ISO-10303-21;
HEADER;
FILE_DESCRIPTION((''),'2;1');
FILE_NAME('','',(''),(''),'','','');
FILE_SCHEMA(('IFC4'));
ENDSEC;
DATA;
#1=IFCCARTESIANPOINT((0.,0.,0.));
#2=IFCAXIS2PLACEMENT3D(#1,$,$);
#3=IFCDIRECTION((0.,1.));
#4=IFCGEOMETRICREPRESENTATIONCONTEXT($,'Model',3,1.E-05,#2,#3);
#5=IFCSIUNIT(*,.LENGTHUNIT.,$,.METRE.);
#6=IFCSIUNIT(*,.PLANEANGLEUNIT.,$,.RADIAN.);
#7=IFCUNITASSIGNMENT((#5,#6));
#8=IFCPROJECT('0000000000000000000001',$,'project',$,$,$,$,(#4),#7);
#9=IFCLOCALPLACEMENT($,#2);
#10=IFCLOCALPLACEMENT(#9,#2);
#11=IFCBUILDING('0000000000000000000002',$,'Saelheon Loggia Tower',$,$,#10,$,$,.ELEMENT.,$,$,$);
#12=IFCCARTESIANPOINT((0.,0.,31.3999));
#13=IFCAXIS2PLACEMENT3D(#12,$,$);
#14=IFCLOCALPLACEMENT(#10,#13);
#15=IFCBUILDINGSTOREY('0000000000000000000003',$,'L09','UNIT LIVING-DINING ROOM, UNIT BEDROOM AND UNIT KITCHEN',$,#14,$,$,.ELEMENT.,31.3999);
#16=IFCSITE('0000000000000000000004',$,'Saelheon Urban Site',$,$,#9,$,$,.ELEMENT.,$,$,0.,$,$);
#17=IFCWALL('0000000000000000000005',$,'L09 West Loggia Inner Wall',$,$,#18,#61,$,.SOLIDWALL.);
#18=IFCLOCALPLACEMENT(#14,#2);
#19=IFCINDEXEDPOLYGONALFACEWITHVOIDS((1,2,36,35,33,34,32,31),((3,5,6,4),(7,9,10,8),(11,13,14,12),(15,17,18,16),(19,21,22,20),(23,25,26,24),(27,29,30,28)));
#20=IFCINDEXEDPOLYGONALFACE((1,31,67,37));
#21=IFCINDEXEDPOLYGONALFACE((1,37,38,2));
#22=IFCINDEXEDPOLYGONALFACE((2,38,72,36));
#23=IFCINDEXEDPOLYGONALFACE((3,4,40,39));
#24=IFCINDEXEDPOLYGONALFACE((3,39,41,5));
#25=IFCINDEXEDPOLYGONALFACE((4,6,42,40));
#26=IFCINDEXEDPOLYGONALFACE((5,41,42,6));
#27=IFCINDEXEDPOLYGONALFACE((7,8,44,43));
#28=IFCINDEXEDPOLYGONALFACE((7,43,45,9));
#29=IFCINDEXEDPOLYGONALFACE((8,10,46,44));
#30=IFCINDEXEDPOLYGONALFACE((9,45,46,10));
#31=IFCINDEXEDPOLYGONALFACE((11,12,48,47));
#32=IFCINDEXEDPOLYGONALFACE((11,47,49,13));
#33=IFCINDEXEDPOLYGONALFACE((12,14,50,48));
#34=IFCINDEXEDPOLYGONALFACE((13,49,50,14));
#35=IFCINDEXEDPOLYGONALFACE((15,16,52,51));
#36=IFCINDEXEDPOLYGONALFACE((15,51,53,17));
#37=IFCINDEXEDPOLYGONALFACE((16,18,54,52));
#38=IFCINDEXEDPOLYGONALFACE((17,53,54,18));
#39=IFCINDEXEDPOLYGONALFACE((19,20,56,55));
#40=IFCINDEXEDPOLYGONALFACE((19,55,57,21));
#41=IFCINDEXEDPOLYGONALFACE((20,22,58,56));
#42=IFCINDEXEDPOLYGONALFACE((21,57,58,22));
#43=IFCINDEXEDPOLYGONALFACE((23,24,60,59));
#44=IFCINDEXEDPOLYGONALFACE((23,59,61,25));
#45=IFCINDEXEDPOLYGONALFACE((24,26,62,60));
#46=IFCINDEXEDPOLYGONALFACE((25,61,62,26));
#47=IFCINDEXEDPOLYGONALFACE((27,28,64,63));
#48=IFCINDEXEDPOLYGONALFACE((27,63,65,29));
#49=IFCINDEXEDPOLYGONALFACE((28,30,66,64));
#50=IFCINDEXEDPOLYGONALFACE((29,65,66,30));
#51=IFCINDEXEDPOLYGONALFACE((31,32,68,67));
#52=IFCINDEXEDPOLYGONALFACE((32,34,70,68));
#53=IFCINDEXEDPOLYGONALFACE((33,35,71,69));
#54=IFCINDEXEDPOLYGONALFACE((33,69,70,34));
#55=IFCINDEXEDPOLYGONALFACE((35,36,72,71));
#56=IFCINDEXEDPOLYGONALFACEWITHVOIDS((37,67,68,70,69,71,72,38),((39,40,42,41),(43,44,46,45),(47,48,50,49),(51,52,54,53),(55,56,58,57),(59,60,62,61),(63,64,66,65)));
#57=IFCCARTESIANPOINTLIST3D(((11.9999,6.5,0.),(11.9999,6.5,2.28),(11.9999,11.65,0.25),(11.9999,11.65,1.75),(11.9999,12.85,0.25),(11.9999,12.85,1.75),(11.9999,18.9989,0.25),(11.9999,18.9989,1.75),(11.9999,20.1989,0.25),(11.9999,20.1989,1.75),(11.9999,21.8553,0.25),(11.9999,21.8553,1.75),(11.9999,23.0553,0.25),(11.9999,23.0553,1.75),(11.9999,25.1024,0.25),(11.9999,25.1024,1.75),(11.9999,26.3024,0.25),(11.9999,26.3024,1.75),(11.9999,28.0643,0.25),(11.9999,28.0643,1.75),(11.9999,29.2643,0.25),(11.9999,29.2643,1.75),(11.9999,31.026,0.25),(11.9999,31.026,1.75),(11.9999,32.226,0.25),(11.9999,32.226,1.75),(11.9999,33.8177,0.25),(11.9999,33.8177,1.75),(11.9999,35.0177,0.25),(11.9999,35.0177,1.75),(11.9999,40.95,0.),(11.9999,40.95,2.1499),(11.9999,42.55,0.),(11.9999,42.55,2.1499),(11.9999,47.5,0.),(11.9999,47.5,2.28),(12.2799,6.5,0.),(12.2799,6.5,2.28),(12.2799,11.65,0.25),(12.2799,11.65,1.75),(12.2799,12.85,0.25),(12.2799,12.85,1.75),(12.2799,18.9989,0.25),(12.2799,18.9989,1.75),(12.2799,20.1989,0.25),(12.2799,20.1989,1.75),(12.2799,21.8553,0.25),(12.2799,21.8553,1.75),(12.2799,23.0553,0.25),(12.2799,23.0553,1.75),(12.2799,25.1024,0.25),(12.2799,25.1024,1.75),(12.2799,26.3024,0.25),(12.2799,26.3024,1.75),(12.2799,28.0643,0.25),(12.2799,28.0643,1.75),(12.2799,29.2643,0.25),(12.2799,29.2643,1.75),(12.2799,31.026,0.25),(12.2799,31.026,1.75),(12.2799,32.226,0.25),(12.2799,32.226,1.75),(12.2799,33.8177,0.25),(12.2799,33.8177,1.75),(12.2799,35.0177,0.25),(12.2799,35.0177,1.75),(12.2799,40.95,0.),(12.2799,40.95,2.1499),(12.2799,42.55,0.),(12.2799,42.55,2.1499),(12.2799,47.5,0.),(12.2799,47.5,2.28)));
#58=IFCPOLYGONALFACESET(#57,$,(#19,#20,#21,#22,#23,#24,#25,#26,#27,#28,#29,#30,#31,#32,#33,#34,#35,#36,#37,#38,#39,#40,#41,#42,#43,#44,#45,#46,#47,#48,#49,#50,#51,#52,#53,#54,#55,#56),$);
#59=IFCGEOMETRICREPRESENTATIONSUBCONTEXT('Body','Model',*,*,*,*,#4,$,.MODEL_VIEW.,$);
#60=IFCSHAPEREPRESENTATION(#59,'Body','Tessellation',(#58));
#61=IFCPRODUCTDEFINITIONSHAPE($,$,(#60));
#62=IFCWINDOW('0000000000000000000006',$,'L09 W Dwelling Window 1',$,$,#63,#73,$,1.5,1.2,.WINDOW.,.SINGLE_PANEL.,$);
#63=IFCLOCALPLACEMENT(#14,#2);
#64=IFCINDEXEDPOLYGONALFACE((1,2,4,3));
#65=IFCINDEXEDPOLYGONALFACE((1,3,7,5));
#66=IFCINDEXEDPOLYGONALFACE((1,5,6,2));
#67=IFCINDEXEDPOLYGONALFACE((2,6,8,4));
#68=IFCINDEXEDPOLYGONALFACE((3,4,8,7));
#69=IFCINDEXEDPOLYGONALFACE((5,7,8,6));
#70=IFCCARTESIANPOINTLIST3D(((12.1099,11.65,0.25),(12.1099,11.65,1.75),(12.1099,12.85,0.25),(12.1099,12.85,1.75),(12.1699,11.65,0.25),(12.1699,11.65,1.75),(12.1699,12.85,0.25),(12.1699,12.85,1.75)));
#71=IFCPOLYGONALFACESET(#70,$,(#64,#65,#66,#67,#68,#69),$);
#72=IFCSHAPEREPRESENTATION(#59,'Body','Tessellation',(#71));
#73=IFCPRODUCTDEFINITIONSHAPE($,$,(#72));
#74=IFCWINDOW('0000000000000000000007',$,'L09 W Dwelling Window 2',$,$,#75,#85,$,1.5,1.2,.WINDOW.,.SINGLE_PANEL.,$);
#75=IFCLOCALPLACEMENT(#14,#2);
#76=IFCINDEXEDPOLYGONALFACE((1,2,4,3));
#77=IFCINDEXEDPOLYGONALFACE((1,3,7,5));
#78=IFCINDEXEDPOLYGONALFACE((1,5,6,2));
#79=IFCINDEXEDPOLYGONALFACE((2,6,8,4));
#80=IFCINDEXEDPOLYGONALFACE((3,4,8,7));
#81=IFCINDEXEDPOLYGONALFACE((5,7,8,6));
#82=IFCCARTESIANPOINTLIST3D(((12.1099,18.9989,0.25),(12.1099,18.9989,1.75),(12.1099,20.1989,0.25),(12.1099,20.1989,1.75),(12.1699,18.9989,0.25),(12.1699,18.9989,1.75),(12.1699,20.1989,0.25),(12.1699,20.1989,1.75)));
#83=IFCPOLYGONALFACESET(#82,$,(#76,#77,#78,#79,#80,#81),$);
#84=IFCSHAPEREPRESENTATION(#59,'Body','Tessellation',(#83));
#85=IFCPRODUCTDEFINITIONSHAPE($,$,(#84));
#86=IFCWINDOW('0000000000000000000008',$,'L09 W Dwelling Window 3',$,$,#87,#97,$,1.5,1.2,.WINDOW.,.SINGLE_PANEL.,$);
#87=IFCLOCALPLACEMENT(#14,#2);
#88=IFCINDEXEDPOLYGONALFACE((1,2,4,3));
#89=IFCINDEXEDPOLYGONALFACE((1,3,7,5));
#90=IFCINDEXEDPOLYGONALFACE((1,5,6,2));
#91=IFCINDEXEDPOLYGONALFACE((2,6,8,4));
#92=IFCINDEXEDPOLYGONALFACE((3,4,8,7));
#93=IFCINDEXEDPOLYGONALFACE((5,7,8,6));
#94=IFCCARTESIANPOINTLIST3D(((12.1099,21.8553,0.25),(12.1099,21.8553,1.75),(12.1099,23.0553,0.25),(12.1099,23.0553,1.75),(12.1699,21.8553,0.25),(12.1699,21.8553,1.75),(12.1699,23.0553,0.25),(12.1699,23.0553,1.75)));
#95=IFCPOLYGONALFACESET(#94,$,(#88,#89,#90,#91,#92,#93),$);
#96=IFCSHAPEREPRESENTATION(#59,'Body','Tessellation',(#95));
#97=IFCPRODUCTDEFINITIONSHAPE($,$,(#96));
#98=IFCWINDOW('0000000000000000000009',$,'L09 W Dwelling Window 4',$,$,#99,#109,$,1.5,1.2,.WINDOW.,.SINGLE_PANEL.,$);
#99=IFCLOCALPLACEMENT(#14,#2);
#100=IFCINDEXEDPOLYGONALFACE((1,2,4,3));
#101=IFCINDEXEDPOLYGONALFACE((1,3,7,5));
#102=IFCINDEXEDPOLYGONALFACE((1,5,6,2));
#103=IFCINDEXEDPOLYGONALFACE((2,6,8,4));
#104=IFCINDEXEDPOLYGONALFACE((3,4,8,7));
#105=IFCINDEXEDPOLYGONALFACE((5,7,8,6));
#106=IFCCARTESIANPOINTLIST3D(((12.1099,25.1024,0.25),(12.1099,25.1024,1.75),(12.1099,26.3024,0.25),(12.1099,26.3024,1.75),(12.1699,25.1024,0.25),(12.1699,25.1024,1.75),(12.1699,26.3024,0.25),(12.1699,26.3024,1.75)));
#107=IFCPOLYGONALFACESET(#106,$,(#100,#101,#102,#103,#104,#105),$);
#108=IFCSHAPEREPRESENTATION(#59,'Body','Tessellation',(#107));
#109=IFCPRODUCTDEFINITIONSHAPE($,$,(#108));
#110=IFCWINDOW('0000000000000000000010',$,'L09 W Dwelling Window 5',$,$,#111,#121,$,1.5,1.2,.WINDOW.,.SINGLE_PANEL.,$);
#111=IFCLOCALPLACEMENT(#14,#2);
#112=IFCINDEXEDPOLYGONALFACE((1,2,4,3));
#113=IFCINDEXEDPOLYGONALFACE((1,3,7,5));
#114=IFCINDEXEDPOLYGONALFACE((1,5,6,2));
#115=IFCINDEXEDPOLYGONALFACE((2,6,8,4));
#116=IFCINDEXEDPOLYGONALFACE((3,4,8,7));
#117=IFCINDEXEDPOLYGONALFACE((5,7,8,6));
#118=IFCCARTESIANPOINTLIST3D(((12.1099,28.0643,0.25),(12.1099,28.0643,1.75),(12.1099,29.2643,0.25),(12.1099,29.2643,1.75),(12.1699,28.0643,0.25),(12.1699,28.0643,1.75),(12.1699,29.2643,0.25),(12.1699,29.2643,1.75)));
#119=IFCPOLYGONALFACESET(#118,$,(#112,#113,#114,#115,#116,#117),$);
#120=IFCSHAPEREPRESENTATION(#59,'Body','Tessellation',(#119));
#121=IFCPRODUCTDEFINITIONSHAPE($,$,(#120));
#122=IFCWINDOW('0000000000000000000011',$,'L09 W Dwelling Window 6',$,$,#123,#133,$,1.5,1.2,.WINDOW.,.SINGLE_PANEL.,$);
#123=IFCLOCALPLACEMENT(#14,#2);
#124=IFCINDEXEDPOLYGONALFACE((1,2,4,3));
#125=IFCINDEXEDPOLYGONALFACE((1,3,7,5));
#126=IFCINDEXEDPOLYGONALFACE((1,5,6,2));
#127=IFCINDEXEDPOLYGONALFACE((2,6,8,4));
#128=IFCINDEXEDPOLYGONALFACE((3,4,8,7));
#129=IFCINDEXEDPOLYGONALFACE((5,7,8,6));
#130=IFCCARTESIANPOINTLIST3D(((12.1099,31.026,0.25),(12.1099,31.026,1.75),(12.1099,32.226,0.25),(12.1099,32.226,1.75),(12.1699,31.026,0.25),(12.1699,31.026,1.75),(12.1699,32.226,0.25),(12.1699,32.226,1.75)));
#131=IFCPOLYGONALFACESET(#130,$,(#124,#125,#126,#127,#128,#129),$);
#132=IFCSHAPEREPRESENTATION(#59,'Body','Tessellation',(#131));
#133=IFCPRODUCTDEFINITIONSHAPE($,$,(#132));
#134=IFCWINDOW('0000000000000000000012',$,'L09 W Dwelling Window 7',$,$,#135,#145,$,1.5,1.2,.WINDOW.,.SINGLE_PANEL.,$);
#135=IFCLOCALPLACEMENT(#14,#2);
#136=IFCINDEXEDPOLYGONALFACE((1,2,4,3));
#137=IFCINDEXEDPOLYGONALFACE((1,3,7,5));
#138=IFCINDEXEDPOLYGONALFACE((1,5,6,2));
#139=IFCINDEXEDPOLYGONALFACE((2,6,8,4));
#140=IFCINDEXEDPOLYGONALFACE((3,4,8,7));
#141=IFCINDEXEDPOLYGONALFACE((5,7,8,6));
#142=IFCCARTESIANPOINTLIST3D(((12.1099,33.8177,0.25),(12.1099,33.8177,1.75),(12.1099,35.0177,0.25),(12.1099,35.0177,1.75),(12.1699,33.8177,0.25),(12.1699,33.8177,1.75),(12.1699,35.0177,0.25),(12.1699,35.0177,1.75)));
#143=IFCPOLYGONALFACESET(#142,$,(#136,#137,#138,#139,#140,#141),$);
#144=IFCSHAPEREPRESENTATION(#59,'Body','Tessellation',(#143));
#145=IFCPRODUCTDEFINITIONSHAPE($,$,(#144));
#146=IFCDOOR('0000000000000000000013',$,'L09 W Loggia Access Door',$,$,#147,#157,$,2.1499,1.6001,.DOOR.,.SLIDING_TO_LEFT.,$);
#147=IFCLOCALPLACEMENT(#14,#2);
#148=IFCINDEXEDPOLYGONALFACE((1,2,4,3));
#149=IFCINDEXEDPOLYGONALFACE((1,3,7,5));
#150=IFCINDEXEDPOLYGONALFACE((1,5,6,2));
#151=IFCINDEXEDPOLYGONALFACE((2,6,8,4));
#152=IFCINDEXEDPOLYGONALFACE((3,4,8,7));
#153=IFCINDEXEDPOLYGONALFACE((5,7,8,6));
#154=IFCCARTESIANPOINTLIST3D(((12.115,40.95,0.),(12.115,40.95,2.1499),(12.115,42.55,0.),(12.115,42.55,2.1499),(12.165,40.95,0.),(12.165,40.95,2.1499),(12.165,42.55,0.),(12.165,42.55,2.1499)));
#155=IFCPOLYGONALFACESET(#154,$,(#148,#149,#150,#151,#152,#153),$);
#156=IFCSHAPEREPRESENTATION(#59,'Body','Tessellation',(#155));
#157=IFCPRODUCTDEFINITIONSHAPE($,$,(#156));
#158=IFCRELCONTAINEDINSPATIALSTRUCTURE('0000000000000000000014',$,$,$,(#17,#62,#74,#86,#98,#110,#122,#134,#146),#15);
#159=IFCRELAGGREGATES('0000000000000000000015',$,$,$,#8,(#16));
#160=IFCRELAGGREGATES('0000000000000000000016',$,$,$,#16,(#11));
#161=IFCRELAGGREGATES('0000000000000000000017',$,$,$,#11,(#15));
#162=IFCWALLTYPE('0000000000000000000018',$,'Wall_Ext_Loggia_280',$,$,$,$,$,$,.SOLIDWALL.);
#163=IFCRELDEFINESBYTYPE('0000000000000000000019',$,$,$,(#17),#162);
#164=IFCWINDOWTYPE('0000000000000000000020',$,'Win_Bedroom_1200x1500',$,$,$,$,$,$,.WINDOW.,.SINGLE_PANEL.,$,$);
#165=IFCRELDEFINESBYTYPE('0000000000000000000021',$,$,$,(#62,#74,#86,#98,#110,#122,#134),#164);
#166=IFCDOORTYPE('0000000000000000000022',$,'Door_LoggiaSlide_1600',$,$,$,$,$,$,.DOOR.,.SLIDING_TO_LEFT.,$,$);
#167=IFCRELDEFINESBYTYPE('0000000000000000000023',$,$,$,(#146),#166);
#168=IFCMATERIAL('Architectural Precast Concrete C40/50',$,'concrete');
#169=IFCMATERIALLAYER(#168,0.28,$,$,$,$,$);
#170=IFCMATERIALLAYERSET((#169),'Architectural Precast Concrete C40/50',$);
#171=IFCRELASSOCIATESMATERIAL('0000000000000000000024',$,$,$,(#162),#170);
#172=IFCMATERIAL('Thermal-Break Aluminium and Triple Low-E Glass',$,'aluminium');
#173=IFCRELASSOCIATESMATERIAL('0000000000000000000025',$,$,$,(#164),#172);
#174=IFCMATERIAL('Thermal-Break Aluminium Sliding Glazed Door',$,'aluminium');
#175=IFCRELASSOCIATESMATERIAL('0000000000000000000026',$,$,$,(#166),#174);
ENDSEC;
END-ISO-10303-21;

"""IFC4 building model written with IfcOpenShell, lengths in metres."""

from ifc_helpers import new_model, si_unit, direction, frame, frame_2d, origin, place, context, subcontext, project, spatial, rectangle, extrude, source, transform, mapped, material, layer, layer_set, type_object, element, fill, save


model = new_model("IFC4")

# Units and contexts
model_context = context("Model", 3, precision=1e-05, world=origin(), true_north=direction((0.0, 1.0)))
body_context = subcontext(model_context, "Body", "Model", "MODEL_VIEW")
ifc_project = project(units=[si_unit("LENGTHUNIT", "METRE"), si_unit("PLANEANGLEUNIT", "RADIAN")], contexts=[model_context])

# Site, building, storey
site_placement = place(None, origin())
site = spatial("IfcSite", under=ifc_project, at=site_placement, Name="Saelheon Urban Site", CompositionType="ELEMENT", RefElevation=0.0)
building_placement = place(site_placement, origin())
building = spatial("IfcBuilding", under=site, at=building_placement, Name="Saelheon Loggia Tower", CompositionType="ELEMENT")
storey_placement = place(building_placement, frame((0.0, 0.0, 31.3999)))
storey = spatial("IfcBuildingStorey", under=building, at=storey_placement, Name="L09", Description="UNIT LIVING-DINING ROOM, UNIT BEDROOM AND UNIT KITCHEN", CompositionType="ELEMENT", Elevation=31.3999)

# Wall, openings, windows, door
ifc_material_1 = material(Name="Architectural Precast Concrete C40/50", Category="concrete")
ifc_layer_1 = layer(ifc_material_1, 0.28)
ifc_layer_set_1 = layer_set([ifc_layer_1], Name="Architectural Precast Concrete C40/50")
wall_type = type_object("IfcWallType", Name="Wall_Ext_Loggia_280", PredefinedType="SOLIDWALL", material=ifc_layer_set_1)
wall_1_placement = place(storey_placement, frame((12.1399, 6.5, 0.0), z_axis=(0.0, 0.0, 1.0), x_axis=(0.0, 1.0, 0.0)))
wall_1 = element("IfcWall", 1, at=wall_1_placement, inside=storey, type_object=wall_type, Name="L09 West Loggia Inner Wall", PredefinedType="SOLIDWALL", context=body_context, shape_type="SweptSolid", body=[
    extrude(rectangle(XDim=41.0, YDim=0.28, at=frame_2d((20.5, 0.0))), origin(), (0.0, 0.0, 1.0), 2.28),
])
opening_1_placement = place(wall_1_placement, frame((5.1499, 0.0, 0.25)))
opening_1 = element("IfcOpeningElement", 2, at=opening_1_placement, cuts=wall_1, PredefinedType="OPENING", context=body_context, shape_type="SweptSolid", body=[
    extrude(rectangle(XDim=1.2, YDim=1.5, at=frame_2d((0.6001, 0.75))), frame((0.0, 0.1521, 0.0), z_axis=(0.0, -1.0, 0.0), x_axis=(1.0, 0.0, 0.0)), (0.0, 0.0, 1.0), 0.304),
])
opening_2_placement = place(wall_1_placement, frame((12.4988, 0.0, 0.25)))
opening_2 = element("IfcOpeningElement", 3, at=opening_2_placement, cuts=wall_1, PredefinedType="OPENING", context=body_context, shape_type="SweptSolid", body=[
    extrude(rectangle(XDim=1.2, YDim=1.5, at=frame_2d((0.6001, 0.75))), frame((0.0, 0.1521, 0.0), z_axis=(0.0, -1.0, 0.0), x_axis=(1.0, 0.0, 0.0)), (0.0, 0.0, 1.0), 0.304),
])
opening_3_placement = place(wall_1_placement, frame((15.3552, 0.0, 0.25)))
opening_3 = element("IfcOpeningElement", 4, at=opening_3_placement, cuts=wall_1, PredefinedType="OPENING", context=body_context, shape_type="SweptSolid", body=[
    extrude(rectangle(XDim=1.2, YDim=1.5, at=frame_2d((0.6001, 0.75))), frame((0.0, 0.1521, 0.0), z_axis=(0.0, -1.0, 0.0), x_axis=(1.0, 0.0, 0.0)), (0.0, 0.0, 1.0), 0.304),
])
opening_4_placement = place(wall_1_placement, frame((18.6023, 0.0, 0.25)))
opening_4 = element("IfcOpeningElement", 5, at=opening_4_placement, cuts=wall_1, PredefinedType="OPENING", context=body_context, shape_type="SweptSolid", body=[
    extrude(rectangle(XDim=1.2, YDim=1.5, at=frame_2d((0.6001, 0.75))), frame((0.0, 0.1521, 0.0), z_axis=(0.0, -1.0, 0.0), x_axis=(1.0, 0.0, 0.0)), (0.0, 0.0, 1.0), 0.304),
])
opening_5_placement = place(wall_1_placement, frame((21.5642, 0.0, 0.25)))
opening_5 = element("IfcOpeningElement", 6, at=opening_5_placement, cuts=wall_1, PredefinedType="OPENING", context=body_context, shape_type="SweptSolid", body=[
    extrude(rectangle(XDim=1.2, YDim=1.5, at=frame_2d((0.6001, 0.75))), frame((0.0, 0.1521, 0.0), z_axis=(0.0, -1.0, 0.0), x_axis=(1.0, 0.0, 0.0)), (0.0, 0.0, 1.0), 0.304),
])
opening_6_placement = place(wall_1_placement, frame((24.5259, 0.0, 0.25)))
opening_6 = element("IfcOpeningElement", 7, at=opening_6_placement, cuts=wall_1, PredefinedType="OPENING", context=body_context, shape_type="SweptSolid", body=[
    extrude(rectangle(XDim=1.2, YDim=1.5, at=frame_2d((0.6001, 0.75))), frame((0.0, 0.1521, 0.0), z_axis=(0.0, -1.0, 0.0), x_axis=(1.0, 0.0, 0.0)), (0.0, 0.0, 1.0), 0.304),
])
opening_7_placement = place(wall_1_placement, frame((27.3176, 0.0, 0.25)))
opening_7 = element("IfcOpeningElement", 8, at=opening_7_placement, cuts=wall_1, PredefinedType="OPENING", context=body_context, shape_type="SweptSolid", body=[
    extrude(rectangle(XDim=1.2, YDim=1.5, at=frame_2d((0.6001, 0.75))), frame((0.0, 0.1521, 0.0), z_axis=(0.0, -1.0, 0.0), x_axis=(1.0, 0.0, 0.0)), (0.0, 0.0, 1.0), 0.304),
])
opening_8_placement = place(wall_1_placement, frame((34.45, 0.0, 0.0)))
opening_8 = element("IfcOpeningElement", 9, at=opening_8_placement, cuts=wall_1, PredefinedType="OPENING", context=body_context, shape_type="SweptSolid", body=[
    extrude(rectangle(XDim=1.6001, YDim=2.1499, at=frame_2d((0.8, 1.075))), frame((0.0, 0.1521, 0.0), z_axis=(0.0, -1.0, 0.0), x_axis=(1.0, 0.0, 0.0)), (0.0, 0.0, 1.0), 0.304),
])
ifc_material_2 = material(Name="Thermal-Break Aluminium and Triple Low-E Glass", Category="aluminium")
window_type = type_object("IfcWindowType", Name="Win_Bedroom_1200x1500", PartitioningType="SINGLE_PANEL", PredefinedType="WINDOW", material=ifc_material_2)
shared_shape_1 = source(origin(), body_context, "Body", "SweptSolid", [
    extrude(rectangle(XDim=1.2, YDim=1.5, at=frame_2d((0.6001, 0.75))), frame((0.0, 0.03, 0.0), z_axis=(0.0, -1.0, 0.0), x_axis=(1.0, 0.0, 0.0)), (0.0, 0.0, 1.0), 0.0601),
])
window_1_placement = place(opening_1_placement, origin())
window_1 = element("IfcWindow", 10, at=window_1_placement, inside=storey, type_object=window_type, Name="L09 W Dwelling Window 1", OverallHeight=1.5, OverallWidth=1.2, PartitioningType="SINGLE_PANEL", PredefinedType="WINDOW", context=body_context, shape_type="MappedRepresentation", body=[
    mapped(shared_shape_1, transform((0.0, 0.0, 0.0), scale=1.0)),
])
fill(opening_1, window_1)
window_2_placement = place(opening_2_placement, origin())
window_2 = element("IfcWindow", 11, at=window_2_placement, inside=storey, type_object=window_type, Name="L09 W Dwelling Window 2", OverallHeight=1.5, OverallWidth=1.2, PartitioningType="SINGLE_PANEL", PredefinedType="WINDOW", context=body_context, shape_type="MappedRepresentation", body=[
    mapped(shared_shape_1, transform((0.0, 0.0, 0.0), scale=1.0)),
])
fill(opening_2, window_2)
window_3_placement = place(opening_3_placement, origin())
window_3 = element("IfcWindow", 12, at=window_3_placement, inside=storey, type_object=window_type, Name="L09 W Dwelling Window 3", OverallHeight=1.5, OverallWidth=1.2, PartitioningType="SINGLE_PANEL", PredefinedType="WINDOW", context=body_context, shape_type="MappedRepresentation", body=[
    mapped(shared_shape_1, transform((0.0, 0.0, 0.0), scale=1.0)),
])
fill(opening_3, window_3)
window_4_placement = place(opening_4_placement, origin())
window_4 = element("IfcWindow", 13, at=window_4_placement, inside=storey, type_object=window_type, Name="L09 W Dwelling Window 4", OverallHeight=1.5, OverallWidth=1.2, PartitioningType="SINGLE_PANEL", PredefinedType="WINDOW", context=body_context, shape_type="MappedRepresentation", body=[
    mapped(shared_shape_1, transform((0.0, 0.0, 0.0), scale=1.0)),
])
fill(opening_4, window_4)
window_5_placement = place(opening_5_placement, origin())
window_5 = element("IfcWindow", 14, at=window_5_placement, inside=storey, type_object=window_type, Name="L09 W Dwelling Window 5", OverallHeight=1.5, OverallWidth=1.2, PartitioningType="SINGLE_PANEL", PredefinedType="WINDOW", context=body_context, shape_type="MappedRepresentation", body=[
    mapped(shared_shape_1, transform((0.0, 0.0, 0.0), scale=1.0)),
])
fill(opening_5, window_5)
window_6_placement = place(opening_6_placement, origin())
window_6 = element("IfcWindow", 15, at=window_6_placement, inside=storey, type_object=window_type, Name="L09 W Dwelling Window 6", OverallHeight=1.5, OverallWidth=1.2, PartitioningType="SINGLE_PANEL", PredefinedType="WINDOW", context=body_context, shape_type="MappedRepresentation", body=[
    mapped(shared_shape_1, transform((0.0, 0.0, 0.0), scale=1.0)),
])
fill(opening_6, window_6)
window_7_placement = place(opening_7_placement, origin())
window_7 = element("IfcWindow", 16, at=window_7_placement, inside=storey, type_object=window_type, Name="L09 W Dwelling Window 7", OverallHeight=1.5, OverallWidth=1.2, PartitioningType="SINGLE_PANEL", PredefinedType="WINDOW", context=body_context, shape_type="MappedRepresentation", body=[
    mapped(shared_shape_1, transform((0.0, 0.0, 0.0), scale=1.0)),
])
fill(opening_7, window_7)
ifc_material_3 = material(Name="Thermal-Break Aluminium Sliding Glazed Door", Category="aluminium")
door_type = type_object("IfcDoorType", Name="Door_LoggiaSlide_1600", OperationType="SLIDING_TO_LEFT", PredefinedType="DOOR", material=ifc_material_3)
shared_shape_2 = source(origin(), body_context, "Body", "SweptSolid", [
    extrude(rectangle(XDim=1.6001, YDim=2.1499, at=frame_2d((0.8, 1.075))), frame((0.0, 0.0249, 0.0), z_axis=(0.0, -1.0, 0.0), x_axis=(1.0, 0.0, 0.0)), (0.0, 0.0, 1.0), 0.05),
])
door_placement = place(opening_8_placement, origin())
door = element("IfcDoor", 17, at=door_placement, inside=storey, type_object=door_type, Name="L09 W Loggia Access Door", OperationType="SLIDING_TO_LEFT", OverallHeight=2.1499, OverallWidth=1.6001, PredefinedType="DOOR", context=body_context, shape_type="MappedRepresentation", body=[
    mapped(shared_shape_2, transform((0.0, 0.0, 0.0), scale=1.0)),
])
fill(opening_8, door)

save(model, "model.ifc")
